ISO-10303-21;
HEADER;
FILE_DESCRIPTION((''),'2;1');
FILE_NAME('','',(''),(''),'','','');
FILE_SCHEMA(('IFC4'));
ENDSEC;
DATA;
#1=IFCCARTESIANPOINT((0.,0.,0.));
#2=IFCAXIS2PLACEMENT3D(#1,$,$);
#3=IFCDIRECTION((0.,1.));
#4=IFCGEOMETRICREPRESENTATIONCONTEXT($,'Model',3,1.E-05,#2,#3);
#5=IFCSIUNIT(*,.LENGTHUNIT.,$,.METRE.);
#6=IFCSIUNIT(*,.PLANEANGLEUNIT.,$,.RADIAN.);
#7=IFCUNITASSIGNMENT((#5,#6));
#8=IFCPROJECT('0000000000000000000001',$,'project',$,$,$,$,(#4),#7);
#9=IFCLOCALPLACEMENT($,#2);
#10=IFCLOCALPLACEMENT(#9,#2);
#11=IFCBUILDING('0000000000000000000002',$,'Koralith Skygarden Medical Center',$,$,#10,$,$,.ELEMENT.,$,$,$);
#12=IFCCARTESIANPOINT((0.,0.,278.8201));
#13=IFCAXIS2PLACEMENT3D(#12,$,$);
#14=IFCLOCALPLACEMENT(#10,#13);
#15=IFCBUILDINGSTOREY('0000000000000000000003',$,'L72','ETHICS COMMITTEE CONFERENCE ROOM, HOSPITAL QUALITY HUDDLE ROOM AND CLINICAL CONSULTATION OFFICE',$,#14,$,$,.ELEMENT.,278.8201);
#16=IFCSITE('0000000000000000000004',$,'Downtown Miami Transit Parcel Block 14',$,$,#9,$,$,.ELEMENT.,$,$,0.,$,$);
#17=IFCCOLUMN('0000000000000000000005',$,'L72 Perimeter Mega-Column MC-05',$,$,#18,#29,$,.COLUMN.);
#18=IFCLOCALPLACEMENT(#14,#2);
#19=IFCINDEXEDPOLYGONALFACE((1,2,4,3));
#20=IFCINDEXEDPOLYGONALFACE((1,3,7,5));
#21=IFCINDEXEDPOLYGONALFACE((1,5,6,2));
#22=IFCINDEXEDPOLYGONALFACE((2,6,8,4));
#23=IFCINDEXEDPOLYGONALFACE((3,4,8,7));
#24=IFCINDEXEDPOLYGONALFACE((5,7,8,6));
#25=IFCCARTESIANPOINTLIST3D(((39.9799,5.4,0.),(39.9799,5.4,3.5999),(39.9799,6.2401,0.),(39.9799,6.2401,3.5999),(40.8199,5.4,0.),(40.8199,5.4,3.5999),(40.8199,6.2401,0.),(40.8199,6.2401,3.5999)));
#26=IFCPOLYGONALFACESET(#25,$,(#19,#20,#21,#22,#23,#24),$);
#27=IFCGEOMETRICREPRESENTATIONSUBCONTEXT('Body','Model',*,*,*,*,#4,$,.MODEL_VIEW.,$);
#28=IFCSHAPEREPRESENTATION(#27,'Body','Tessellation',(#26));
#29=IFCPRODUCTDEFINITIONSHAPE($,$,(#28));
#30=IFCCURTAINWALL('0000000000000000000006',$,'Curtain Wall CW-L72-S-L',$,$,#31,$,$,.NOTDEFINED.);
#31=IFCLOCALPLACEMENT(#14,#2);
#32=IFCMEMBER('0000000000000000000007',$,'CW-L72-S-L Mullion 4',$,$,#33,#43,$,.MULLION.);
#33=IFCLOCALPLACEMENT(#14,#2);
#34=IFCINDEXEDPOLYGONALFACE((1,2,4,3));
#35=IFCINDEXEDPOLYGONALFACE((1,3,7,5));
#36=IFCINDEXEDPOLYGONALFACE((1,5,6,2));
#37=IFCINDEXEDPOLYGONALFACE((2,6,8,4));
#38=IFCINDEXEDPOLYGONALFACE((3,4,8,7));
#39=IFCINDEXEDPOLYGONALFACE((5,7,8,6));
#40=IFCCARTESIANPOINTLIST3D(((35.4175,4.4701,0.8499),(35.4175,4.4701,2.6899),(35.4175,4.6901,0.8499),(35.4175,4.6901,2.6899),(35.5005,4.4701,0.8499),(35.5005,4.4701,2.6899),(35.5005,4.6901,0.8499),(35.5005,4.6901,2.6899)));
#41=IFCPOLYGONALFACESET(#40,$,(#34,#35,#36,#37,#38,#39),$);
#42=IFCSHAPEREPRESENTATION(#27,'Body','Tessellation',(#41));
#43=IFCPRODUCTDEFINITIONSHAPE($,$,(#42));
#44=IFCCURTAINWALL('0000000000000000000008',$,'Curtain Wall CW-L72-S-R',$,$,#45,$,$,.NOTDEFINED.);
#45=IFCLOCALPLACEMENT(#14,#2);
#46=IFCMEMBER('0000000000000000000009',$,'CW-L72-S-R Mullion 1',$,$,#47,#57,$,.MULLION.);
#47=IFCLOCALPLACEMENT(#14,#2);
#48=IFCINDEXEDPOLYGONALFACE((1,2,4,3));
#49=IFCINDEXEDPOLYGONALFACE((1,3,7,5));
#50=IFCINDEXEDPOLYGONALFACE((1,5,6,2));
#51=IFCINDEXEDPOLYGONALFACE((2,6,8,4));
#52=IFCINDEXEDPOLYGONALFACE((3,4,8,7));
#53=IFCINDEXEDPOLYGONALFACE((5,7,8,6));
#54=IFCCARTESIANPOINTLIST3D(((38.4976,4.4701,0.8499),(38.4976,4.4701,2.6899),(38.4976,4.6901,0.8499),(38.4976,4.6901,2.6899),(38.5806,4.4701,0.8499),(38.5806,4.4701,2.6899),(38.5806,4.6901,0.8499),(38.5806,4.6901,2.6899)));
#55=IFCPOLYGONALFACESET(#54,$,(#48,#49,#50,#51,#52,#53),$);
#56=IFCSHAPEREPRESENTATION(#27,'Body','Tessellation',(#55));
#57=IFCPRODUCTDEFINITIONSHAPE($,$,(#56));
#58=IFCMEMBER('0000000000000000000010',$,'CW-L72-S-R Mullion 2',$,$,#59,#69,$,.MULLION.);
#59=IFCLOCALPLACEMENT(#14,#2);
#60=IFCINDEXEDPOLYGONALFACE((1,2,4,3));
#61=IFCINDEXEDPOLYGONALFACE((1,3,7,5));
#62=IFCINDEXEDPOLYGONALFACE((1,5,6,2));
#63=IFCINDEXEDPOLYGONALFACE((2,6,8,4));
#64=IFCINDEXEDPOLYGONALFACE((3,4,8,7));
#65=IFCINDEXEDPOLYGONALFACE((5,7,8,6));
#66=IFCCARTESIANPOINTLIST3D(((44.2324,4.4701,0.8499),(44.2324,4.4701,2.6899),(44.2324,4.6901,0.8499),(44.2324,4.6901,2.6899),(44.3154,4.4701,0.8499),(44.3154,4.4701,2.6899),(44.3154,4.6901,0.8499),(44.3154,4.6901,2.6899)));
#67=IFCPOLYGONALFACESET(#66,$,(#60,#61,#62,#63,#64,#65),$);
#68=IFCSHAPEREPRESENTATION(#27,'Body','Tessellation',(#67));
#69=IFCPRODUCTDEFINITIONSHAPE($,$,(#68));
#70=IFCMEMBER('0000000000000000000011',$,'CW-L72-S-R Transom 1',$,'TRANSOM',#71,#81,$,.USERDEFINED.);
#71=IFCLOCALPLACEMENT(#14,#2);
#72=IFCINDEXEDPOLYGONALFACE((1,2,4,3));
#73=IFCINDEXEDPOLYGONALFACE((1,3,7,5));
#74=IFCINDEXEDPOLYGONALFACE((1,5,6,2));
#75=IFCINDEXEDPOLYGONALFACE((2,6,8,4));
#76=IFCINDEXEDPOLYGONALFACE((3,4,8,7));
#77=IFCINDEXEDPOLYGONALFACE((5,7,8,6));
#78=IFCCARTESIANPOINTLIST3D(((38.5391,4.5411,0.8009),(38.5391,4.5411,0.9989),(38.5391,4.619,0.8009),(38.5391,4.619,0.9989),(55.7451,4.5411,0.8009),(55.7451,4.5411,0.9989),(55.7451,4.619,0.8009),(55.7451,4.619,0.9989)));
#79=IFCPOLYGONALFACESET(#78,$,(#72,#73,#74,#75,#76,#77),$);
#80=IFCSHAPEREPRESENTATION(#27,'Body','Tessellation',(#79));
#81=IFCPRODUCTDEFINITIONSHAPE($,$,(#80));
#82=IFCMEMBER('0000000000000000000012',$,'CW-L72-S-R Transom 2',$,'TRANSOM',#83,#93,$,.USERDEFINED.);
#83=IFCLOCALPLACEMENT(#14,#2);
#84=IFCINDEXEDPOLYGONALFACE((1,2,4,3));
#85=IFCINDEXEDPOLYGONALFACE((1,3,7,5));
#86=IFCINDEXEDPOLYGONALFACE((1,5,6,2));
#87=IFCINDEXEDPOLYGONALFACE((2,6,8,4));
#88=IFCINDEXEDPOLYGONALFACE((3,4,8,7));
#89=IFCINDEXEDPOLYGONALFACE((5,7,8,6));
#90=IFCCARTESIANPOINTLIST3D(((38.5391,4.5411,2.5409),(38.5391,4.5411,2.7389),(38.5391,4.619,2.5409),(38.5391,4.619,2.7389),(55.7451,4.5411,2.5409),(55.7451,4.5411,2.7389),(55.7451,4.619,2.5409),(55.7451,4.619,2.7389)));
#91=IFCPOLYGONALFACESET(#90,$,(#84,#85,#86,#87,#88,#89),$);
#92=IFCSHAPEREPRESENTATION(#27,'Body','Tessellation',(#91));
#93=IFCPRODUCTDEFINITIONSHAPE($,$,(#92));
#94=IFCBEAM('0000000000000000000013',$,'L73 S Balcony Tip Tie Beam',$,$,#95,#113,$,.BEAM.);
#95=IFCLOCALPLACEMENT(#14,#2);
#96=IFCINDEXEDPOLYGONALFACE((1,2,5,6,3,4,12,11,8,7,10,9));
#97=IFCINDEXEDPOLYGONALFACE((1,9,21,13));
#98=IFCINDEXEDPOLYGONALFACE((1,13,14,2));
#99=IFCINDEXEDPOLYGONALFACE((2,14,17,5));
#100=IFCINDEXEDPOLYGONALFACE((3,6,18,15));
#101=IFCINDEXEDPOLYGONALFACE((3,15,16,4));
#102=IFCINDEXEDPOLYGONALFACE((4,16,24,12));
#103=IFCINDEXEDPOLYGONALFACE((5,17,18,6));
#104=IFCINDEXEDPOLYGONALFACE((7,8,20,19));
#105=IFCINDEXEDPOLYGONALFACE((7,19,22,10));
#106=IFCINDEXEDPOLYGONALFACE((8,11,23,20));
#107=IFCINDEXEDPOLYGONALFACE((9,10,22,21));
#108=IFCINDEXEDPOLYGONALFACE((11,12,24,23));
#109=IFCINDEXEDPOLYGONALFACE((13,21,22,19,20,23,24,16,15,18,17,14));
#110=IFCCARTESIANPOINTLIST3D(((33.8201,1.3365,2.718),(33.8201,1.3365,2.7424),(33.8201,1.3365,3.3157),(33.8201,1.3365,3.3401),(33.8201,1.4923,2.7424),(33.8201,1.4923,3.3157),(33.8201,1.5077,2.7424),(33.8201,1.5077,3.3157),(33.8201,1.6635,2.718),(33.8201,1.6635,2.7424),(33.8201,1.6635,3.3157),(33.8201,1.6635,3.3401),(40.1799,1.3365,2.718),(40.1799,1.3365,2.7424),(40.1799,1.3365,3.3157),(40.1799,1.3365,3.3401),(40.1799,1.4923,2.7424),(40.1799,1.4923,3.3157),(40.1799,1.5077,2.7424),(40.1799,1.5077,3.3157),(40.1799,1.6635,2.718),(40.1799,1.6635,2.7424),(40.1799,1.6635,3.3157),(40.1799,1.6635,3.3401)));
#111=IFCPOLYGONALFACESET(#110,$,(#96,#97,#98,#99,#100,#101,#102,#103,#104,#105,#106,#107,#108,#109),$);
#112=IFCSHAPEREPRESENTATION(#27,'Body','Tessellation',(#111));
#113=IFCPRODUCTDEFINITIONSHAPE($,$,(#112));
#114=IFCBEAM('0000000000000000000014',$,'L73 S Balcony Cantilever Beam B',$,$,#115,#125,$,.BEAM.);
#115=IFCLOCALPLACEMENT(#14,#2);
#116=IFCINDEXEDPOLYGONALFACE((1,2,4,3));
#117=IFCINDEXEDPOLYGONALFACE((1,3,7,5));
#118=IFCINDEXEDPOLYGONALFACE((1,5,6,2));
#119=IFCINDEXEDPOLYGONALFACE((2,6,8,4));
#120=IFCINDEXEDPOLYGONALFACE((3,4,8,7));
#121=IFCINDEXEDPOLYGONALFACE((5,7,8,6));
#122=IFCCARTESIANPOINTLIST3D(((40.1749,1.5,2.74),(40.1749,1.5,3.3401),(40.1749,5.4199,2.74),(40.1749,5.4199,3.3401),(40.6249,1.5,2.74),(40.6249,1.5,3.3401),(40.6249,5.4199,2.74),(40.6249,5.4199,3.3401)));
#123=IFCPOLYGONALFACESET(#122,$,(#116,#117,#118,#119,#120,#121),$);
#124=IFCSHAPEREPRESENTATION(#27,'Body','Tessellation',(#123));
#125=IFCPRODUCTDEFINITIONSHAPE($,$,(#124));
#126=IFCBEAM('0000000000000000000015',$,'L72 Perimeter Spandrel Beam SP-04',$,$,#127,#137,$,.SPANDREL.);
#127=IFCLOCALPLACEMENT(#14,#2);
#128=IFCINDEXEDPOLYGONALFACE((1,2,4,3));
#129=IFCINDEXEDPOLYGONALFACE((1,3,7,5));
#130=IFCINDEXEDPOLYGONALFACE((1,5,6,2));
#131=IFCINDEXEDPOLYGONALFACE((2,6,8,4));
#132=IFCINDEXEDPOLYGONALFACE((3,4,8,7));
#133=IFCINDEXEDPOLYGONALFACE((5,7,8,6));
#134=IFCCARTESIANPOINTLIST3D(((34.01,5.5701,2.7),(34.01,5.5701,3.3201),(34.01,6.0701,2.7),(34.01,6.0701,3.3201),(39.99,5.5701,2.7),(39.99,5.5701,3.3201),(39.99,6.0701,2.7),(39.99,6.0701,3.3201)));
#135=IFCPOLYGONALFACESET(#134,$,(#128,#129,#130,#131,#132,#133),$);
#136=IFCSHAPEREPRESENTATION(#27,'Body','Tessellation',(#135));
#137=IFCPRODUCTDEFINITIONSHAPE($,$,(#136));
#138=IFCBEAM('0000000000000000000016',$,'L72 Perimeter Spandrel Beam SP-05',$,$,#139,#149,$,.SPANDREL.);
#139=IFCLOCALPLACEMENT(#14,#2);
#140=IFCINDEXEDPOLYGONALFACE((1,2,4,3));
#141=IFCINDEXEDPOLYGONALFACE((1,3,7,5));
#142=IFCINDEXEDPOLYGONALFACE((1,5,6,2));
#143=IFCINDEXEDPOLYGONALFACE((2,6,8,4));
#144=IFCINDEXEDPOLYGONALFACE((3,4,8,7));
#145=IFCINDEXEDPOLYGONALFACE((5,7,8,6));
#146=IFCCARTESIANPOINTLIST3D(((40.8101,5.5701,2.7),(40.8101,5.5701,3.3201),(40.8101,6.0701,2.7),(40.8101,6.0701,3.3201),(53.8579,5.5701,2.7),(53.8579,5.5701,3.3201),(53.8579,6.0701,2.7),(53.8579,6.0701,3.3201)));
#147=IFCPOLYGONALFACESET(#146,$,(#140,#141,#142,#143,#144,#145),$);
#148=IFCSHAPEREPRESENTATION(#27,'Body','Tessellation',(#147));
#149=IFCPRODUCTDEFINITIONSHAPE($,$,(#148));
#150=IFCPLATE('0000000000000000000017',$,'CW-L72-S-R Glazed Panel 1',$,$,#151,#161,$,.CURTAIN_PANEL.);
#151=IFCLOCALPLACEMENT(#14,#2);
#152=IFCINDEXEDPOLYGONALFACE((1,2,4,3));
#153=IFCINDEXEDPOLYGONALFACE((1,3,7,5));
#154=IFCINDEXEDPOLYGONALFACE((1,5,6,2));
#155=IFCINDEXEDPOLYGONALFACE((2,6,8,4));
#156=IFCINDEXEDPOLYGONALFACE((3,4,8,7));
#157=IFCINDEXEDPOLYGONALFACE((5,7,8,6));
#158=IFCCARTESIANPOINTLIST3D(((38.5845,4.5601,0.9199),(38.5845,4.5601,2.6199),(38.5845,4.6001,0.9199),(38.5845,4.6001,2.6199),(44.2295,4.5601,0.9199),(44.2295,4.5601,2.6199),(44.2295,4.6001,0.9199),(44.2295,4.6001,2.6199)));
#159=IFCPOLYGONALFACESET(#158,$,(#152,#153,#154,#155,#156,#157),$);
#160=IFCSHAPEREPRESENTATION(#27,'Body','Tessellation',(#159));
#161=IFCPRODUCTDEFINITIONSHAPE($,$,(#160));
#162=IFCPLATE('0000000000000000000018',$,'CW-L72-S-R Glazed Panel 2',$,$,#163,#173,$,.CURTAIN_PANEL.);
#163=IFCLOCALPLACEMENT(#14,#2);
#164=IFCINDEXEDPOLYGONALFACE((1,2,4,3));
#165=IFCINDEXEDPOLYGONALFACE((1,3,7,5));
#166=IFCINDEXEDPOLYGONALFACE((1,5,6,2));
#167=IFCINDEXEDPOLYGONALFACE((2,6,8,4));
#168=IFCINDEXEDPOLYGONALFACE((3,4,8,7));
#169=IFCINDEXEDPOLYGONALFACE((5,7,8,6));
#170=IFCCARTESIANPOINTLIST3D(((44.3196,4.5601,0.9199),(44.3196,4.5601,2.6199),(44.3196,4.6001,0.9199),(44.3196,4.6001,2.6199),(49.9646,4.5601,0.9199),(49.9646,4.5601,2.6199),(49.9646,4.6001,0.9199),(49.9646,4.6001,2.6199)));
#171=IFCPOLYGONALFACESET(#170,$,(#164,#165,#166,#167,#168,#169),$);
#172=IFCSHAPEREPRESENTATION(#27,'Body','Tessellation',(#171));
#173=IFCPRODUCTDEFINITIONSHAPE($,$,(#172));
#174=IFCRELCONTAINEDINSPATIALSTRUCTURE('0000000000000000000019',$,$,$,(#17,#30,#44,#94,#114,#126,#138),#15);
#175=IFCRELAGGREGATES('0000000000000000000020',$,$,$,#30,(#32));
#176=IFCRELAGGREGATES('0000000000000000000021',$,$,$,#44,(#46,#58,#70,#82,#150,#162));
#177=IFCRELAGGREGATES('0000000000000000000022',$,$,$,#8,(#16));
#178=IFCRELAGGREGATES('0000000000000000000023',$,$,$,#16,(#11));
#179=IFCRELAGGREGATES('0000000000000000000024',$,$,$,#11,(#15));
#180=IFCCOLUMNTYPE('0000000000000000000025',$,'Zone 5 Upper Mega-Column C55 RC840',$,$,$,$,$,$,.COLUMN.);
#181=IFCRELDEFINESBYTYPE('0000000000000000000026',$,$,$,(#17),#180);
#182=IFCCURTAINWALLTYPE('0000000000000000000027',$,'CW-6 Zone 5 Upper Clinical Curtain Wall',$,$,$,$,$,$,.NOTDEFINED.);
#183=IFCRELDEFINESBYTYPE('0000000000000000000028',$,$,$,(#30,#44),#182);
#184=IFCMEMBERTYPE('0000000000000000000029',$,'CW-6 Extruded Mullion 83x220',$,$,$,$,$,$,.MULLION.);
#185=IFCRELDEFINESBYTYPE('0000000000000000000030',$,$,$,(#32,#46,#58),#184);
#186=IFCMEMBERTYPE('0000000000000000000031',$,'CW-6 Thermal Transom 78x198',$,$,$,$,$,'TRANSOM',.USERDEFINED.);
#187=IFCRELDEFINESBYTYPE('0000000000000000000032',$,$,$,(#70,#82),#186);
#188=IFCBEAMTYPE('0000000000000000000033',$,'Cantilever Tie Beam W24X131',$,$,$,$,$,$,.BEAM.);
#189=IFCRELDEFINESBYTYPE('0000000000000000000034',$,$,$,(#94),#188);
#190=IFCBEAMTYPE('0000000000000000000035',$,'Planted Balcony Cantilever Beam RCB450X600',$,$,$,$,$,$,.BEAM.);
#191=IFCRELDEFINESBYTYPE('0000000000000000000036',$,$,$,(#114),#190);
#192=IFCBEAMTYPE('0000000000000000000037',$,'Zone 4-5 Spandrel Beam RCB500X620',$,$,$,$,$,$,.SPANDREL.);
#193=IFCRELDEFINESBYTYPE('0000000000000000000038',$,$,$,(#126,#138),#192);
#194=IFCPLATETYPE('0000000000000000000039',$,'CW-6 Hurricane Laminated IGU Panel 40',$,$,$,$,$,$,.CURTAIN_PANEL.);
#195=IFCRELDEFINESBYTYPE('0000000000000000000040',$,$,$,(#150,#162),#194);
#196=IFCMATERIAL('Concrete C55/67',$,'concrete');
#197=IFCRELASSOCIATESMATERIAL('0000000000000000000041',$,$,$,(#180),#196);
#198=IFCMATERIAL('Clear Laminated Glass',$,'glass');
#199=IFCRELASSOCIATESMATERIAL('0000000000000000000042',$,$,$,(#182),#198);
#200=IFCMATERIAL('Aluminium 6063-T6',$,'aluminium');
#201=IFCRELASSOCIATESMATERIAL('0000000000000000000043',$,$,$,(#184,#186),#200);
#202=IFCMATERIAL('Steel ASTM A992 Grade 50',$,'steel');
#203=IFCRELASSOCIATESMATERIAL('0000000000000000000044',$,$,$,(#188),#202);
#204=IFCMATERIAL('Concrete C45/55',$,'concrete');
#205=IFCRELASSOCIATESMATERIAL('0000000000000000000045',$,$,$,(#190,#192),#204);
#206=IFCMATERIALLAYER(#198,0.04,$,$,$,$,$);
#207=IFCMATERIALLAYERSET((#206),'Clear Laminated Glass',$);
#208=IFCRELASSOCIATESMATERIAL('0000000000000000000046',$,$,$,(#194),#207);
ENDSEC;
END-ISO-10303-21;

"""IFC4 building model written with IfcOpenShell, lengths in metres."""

from ifc_helpers import new_model, si_unit, direction, frame, origin, origin_2d, place, context, subcontext, project, spatial, rectangle, i_section, extrude, material, layer, layer_set, material_profile, profile_set, type_object, element, aggregate, save


model = new_model("IFC4")

# Units and contexts
model_context = context("Model", 3, precision=1e-05, world=origin(), true_north=direction((0.0, 1.0)))
body_context = subcontext(model_context, "Body", "Model", "MODEL_VIEW")
ifc_project = project(units=[si_unit("LENGTHUNIT", "METRE"), si_unit("PLANEANGLEUNIT", "RADIAN")], contexts=[model_context])

# Site, building, storey
site_placement = place(None, origin())
site = spatial("IfcSite", under=ifc_project, at=site_placement, Name="Downtown Miami Transit Parcel Block 14", CompositionType="ELEMENT", RefElevation=0.0)
building_placement = place(site_placement, origin())
building = spatial("IfcBuilding", under=site, at=building_placement, Name="Koralith Skygarden Medical Center", CompositionType="ELEMENT")
storey_placement = place(building_placement, frame((0.0, 0.0, 278.8201)))
storey = spatial("IfcBuildingStorey", under=building, at=storey_placement, Name="L72", Description="ETHICS COMMITTEE CONFERENCE ROOM, HOSPITAL QUALITY HUDDLE ROOM AND CLINICAL CONSULTATION OFFICE", CompositionType="ELEMENT", Elevation=278.8201)

# Column
ifc_material_1 = material(Name="Concrete C55/67", Category="concrete")
ifc_material_profile_1 = material_profile(ifc_material_1, rectangle(XDim=0.8401, YDim=0.8401, at=origin_2d()), Name="RC840X840")
ifc_profile_set_1 = profile_set([ifc_material_profile_1], Name="Concrete C55/67")
column_type = type_object("IfcColumnType", Name="Zone 5 Upper Mega-Column C55 RC840", PredefinedType="COLUMN", material=ifc_profile_set_1)
column_placement = place(storey_placement, frame((40.3999, 5.8201, 0.0), z_axis=(0.0, 0.0, 1.0), x_axis=(1.0, 0.0, 0.0)))
element("IfcColumn", 1, at=column_placement, inside=storey, type_object=column_type, Name="L72 Perimeter Mega-Column MC-05", PredefinedType="COLUMN", context=body_context, shape_type="SweptSolid", body=[
    extrude(rectangle(XDim=0.8401, YDim=0.8401, at=origin_2d()), origin(), (0.0, 0.0, 1.0), 3.5999),
])

# Curtain wall, member
ifc_material_2 = material(Name="Clear Laminated Glass", Category="glass")
curtain_wall_type = type_object("IfcCurtainWallType", Name="CW-6 Zone 5 Upper Clinical Curtain Wall", PredefinedType="NOTDEFINED", material=ifc_material_2)
curtain_wall_1_placement = place(storey_placement, origin())
curtain_wall_1 = element("IfcCurtainWall", 2, at=curtain_wall_1_placement, inside=storey, type_object=curtain_wall_type, Name="Curtain Wall CW-L72-S-L", PredefinedType="NOTDEFINED")
ifc_material_3 = material(Name="Aluminium 6063-T6", Category="aluminium")
ifc_material_profile_2 = material_profile(ifc_material_3, rectangle(XDim=0.083, YDim=0.22, at=origin_2d()), Name="MUL83X220")
ifc_profile_set_2 = profile_set([ifc_material_profile_2], Name="Aluminium 6063-T6")
member_type_1 = type_object("IfcMemberType", Name="CW-6 Extruded Mullion 83x220", PredefinedType="MULLION", material=ifc_profile_set_2)
member_1_placement = place(storey_placement, frame((35.459, 4.5801, 0.8499), z_axis=(0.0, 0.0, 1.0), x_axis=(1.0, 0.0, 0.0)))
member_1 = element("IfcMember", 3, at=member_1_placement, type_object=member_type_1, Name="CW-L72-S-L Mullion 4", PredefinedType="MULLION", context=body_context, shape_type="SweptSolid", body=[
    extrude(rectangle(XDim=0.083, YDim=0.22, at=origin_2d()), origin(), (0.0, 0.0, 1.0), 1.8401),
])
aggregate(curtain_wall_1, [member_1])

# Curtain wall, members
curtain_wall_2_placement = place(storey_placement, origin())
curtain_wall_2 = element("IfcCurtainWall", 4, at=curtain_wall_2_placement, inside=storey, type_object=curtain_wall_type, Name="Curtain Wall CW-L72-S-R", PredefinedType="NOTDEFINED")
member_2_placement = place(storey_placement, frame((38.5391, 4.5801, 0.8499), z_axis=(0.0, 0.0, 1.0), x_axis=(1.0, 0.0, 0.0)))
member_2 = element("IfcMember", 5, at=member_2_placement, type_object=member_type_1, Name="CW-L72-S-R Mullion 1", PredefinedType="MULLION", context=body_context, shape_type="SweptSolid", body=[
    extrude(rectangle(XDim=0.083, YDim=0.22, at=origin_2d()), origin(), (0.0, 0.0, 1.0), 1.8401),
])
member_3_placement = place(storey_placement, frame((44.2739, 4.5801, 0.8499), z_axis=(0.0, 0.0, 1.0), x_axis=(1.0, 0.0, 0.0)))
member_3 = element("IfcMember", 6, at=member_3_placement, type_object=member_type_1, Name="CW-L72-S-R Mullion 2", PredefinedType="MULLION", context=body_context, shape_type="SweptSolid", body=[
    extrude(rectangle(XDim=0.083, YDim=0.22, at=origin_2d()), origin(), (0.0, 0.0, 1.0), 1.8401),
])
ifc_material_profile_3 = material_profile(ifc_material_3, rectangle(XDim=0.0779, YDim=0.198, at=origin_2d()), Name="TRN78X198")
ifc_profile_set_3 = profile_set([ifc_material_profile_3], Name="Aluminium 6063-T6")
member_type_2 = type_object("IfcMemberType", Name="CW-6 Thermal Transom 78x198", ElementType="TRANSOM", PredefinedType="USERDEFINED", material=ifc_profile_set_3)
member_4_placement = place(storey_placement, frame((38.5391, 4.5801, 0.8999), z_axis=(1.0, 0.0, 0.0), x_axis=(0.0, 1.0, 0.0)))
member_4 = element("IfcMember", 7, at=member_4_placement, type_object=member_type_2, Name="CW-L72-S-R Transom 1", ObjectType="TRANSOM", PredefinedType="USERDEFINED", context=body_context, shape_type="SweptSolid", body=[
    extrude(rectangle(XDim=0.0779, YDim=0.198, at=origin_2d()), origin(), (0.0, 0.0, 1.0), 17.2061),
])
member_5_placement = place(storey_placement, frame((38.5391, 4.5801, 2.6399), z_axis=(1.0, 0.0, 0.0), x_axis=(0.0, 1.0, 0.0)))
member_5 = element("IfcMember", 8, at=member_5_placement, type_object=member_type_2, Name="CW-L72-S-R Transom 2", ObjectType="TRANSOM", PredefinedType="USERDEFINED", context=body_context, shape_type="SweptSolid", body=[
    extrude(rectangle(XDim=0.0779, YDim=0.198, at=origin_2d()), origin(), (0.0, 0.0, 1.0), 17.2061),
])

# Beams
ifc_material_4 = material(Name="Steel ASTM A992 Grade 50", Category="steel")
ifc_material_profile_4 = material_profile(ifc_material_4, i_section(OverallWidth=0.3269, OverallDepth=0.6221, WebThickness=0.0154, FlangeThickness=0.0244, at=origin_2d()), Name="W24X131")
ifc_profile_set_4 = profile_set([ifc_material_profile_4], Name="Steel ASTM A992 Grade 50")
beam_type_1 = type_object("IfcBeamType", Name="Cantilever Tie Beam W24X131", PredefinedType="BEAM", material=ifc_profile_set_4)
beam_1_placement = place(storey_placement, frame((33.8201, 1.5, 3.0291), z_axis=(1.0, 0.0, 0.0), x_axis=(0.0, 1.0, 0.0)))
element("IfcBeam", 9, at=beam_1_placement, inside=storey, type_object=beam_type_1, Name="L73 S Balcony Tip Tie Beam", PredefinedType="BEAM", context=body_context, shape_type="SweptSolid", body=[
    extrude(i_section(OverallWidth=0.3269, OverallDepth=0.6221, WebThickness=0.0154, FlangeThickness=0.0244, at=origin_2d()), origin(), (0.0, 0.0, 1.0), 6.3599),
])
ifc_material_5 = material(Name="Concrete C45/55", Category="concrete")
ifc_material_profile_5 = material_profile(ifc_material_5, rectangle(XDim=0.45, YDim=0.6001, at=origin_2d()), Name="RCB450X600")
ifc_profile_set_5 = profile_set([ifc_material_profile_5], Name="Concrete C45/55")
beam_type_2 = type_object("IfcBeamType", Name="Planted Balcony Cantilever Beam RCB450X600", PredefinedType="BEAM", material=ifc_profile_set_5)
beam_2_placement = place(storey_placement, frame((40.3999, 5.4199, 3.04), z_axis=(0.0, -1.0, 0.0), x_axis=(1.0, 0.0, 0.0)))
element("IfcBeam", 10, at=beam_2_placement, inside=storey, type_object=beam_type_2, Name="L73 S Balcony Cantilever Beam B", PredefinedType="BEAM", context=body_context, shape_type="SweptSolid", body=[
    extrude(rectangle(XDim=0.45, YDim=0.6001, at=origin_2d()), origin(), (0.0, 0.0, 1.0), 3.9199),
])
ifc_material_profile_6 = material_profile(ifc_material_5, rectangle(XDim=0.5, YDim=0.6201, at=origin_2d()), Name="RCB500X620")
ifc_profile_set_6 = profile_set([ifc_material_profile_6], Name="Concrete C45/55")
beam_type_3 = type_object("IfcBeamType", Name="Zone 4-5 Spandrel Beam RCB500X620", PredefinedType="SPANDREL", material=ifc_profile_set_6)
beam_3_placement = place(storey_placement, frame((34.01, 5.8201, 3.01), z_axis=(1.0, 0.0, 0.0), x_axis=(0.0, 1.0, 0.0)))
element("IfcBeam", 11, at=beam_3_placement, inside=storey, type_object=beam_type_3, Name="L72 Perimeter Spandrel Beam SP-04", PredefinedType="SPANDREL", context=body_context, shape_type="SweptSolid", body=[
    extrude(rectangle(XDim=0.5, YDim=0.6201, at=origin_2d()), origin(), (0.0, 0.0, 1.0), 5.98),
])
beam_4_placement = place(storey_placement, frame((40.8101, 5.8201, 3.01), z_axis=(1.0, 0.0, 0.0), x_axis=(0.0, 1.0, 0.0)))
element("IfcBeam", 12, at=beam_4_placement, inside=storey, type_object=beam_type_3, Name="L72 Perimeter Spandrel Beam SP-05", PredefinedType="SPANDREL", context=body_context, shape_type="SweptSolid", body=[
    extrude(rectangle(XDim=0.5, YDim=0.6201, at=origin_2d()), origin(), (0.0, 0.0, 1.0), 13.0479),
])

# Plates
ifc_layer_1 = layer(ifc_material_2, 0.04)
ifc_layer_set_1 = layer_set([ifc_layer_1], Name="Clear Laminated Glass")
plate_type = type_object("IfcPlateType", Name="CW-6 Hurricane Laminated IGU Panel 40", PredefinedType="CURTAIN_PANEL", material=ifc_layer_set_1)
plate_1_placement = place(storey_placement, frame((41.407, 4.5801, 0.9199), z_axis=(0.0, 0.0, 1.0), x_axis=(1.0, 0.0, 0.0)))
plate_1 = element("IfcPlate", 13, at=plate_1_placement, type_object=plate_type, Name="CW-L72-S-R Glazed Panel 1", PredefinedType="CURTAIN_PANEL", context=body_context, shape_type="SweptSolid", body=[
    extrude(rectangle(XDim=5.645, YDim=0.04, at=origin_2d()), origin(), (0.0, 0.0, 1.0), 1.7),
])
plate_2_placement = place(storey_placement, frame((47.1421, 4.5801, 0.9199), z_axis=(0.0, 0.0, 1.0), x_axis=(1.0, 0.0, 0.0)))
plate_2 = element("IfcPlate", 14, at=plate_2_placement, type_object=plate_type, Name="CW-L72-S-R Glazed Panel 2", PredefinedType="CURTAIN_PANEL", context=body_context, shape_type="SweptSolid", body=[
    extrude(rectangle(XDim=5.645, YDim=0.04, at=origin_2d()), origin(), (0.0, 0.0, 1.0), 1.7),
])
aggregate(curtain_wall_2, [member_2, member_3, member_4, member_5, plate_1, plate_2])

save(model, "model.ifc")
